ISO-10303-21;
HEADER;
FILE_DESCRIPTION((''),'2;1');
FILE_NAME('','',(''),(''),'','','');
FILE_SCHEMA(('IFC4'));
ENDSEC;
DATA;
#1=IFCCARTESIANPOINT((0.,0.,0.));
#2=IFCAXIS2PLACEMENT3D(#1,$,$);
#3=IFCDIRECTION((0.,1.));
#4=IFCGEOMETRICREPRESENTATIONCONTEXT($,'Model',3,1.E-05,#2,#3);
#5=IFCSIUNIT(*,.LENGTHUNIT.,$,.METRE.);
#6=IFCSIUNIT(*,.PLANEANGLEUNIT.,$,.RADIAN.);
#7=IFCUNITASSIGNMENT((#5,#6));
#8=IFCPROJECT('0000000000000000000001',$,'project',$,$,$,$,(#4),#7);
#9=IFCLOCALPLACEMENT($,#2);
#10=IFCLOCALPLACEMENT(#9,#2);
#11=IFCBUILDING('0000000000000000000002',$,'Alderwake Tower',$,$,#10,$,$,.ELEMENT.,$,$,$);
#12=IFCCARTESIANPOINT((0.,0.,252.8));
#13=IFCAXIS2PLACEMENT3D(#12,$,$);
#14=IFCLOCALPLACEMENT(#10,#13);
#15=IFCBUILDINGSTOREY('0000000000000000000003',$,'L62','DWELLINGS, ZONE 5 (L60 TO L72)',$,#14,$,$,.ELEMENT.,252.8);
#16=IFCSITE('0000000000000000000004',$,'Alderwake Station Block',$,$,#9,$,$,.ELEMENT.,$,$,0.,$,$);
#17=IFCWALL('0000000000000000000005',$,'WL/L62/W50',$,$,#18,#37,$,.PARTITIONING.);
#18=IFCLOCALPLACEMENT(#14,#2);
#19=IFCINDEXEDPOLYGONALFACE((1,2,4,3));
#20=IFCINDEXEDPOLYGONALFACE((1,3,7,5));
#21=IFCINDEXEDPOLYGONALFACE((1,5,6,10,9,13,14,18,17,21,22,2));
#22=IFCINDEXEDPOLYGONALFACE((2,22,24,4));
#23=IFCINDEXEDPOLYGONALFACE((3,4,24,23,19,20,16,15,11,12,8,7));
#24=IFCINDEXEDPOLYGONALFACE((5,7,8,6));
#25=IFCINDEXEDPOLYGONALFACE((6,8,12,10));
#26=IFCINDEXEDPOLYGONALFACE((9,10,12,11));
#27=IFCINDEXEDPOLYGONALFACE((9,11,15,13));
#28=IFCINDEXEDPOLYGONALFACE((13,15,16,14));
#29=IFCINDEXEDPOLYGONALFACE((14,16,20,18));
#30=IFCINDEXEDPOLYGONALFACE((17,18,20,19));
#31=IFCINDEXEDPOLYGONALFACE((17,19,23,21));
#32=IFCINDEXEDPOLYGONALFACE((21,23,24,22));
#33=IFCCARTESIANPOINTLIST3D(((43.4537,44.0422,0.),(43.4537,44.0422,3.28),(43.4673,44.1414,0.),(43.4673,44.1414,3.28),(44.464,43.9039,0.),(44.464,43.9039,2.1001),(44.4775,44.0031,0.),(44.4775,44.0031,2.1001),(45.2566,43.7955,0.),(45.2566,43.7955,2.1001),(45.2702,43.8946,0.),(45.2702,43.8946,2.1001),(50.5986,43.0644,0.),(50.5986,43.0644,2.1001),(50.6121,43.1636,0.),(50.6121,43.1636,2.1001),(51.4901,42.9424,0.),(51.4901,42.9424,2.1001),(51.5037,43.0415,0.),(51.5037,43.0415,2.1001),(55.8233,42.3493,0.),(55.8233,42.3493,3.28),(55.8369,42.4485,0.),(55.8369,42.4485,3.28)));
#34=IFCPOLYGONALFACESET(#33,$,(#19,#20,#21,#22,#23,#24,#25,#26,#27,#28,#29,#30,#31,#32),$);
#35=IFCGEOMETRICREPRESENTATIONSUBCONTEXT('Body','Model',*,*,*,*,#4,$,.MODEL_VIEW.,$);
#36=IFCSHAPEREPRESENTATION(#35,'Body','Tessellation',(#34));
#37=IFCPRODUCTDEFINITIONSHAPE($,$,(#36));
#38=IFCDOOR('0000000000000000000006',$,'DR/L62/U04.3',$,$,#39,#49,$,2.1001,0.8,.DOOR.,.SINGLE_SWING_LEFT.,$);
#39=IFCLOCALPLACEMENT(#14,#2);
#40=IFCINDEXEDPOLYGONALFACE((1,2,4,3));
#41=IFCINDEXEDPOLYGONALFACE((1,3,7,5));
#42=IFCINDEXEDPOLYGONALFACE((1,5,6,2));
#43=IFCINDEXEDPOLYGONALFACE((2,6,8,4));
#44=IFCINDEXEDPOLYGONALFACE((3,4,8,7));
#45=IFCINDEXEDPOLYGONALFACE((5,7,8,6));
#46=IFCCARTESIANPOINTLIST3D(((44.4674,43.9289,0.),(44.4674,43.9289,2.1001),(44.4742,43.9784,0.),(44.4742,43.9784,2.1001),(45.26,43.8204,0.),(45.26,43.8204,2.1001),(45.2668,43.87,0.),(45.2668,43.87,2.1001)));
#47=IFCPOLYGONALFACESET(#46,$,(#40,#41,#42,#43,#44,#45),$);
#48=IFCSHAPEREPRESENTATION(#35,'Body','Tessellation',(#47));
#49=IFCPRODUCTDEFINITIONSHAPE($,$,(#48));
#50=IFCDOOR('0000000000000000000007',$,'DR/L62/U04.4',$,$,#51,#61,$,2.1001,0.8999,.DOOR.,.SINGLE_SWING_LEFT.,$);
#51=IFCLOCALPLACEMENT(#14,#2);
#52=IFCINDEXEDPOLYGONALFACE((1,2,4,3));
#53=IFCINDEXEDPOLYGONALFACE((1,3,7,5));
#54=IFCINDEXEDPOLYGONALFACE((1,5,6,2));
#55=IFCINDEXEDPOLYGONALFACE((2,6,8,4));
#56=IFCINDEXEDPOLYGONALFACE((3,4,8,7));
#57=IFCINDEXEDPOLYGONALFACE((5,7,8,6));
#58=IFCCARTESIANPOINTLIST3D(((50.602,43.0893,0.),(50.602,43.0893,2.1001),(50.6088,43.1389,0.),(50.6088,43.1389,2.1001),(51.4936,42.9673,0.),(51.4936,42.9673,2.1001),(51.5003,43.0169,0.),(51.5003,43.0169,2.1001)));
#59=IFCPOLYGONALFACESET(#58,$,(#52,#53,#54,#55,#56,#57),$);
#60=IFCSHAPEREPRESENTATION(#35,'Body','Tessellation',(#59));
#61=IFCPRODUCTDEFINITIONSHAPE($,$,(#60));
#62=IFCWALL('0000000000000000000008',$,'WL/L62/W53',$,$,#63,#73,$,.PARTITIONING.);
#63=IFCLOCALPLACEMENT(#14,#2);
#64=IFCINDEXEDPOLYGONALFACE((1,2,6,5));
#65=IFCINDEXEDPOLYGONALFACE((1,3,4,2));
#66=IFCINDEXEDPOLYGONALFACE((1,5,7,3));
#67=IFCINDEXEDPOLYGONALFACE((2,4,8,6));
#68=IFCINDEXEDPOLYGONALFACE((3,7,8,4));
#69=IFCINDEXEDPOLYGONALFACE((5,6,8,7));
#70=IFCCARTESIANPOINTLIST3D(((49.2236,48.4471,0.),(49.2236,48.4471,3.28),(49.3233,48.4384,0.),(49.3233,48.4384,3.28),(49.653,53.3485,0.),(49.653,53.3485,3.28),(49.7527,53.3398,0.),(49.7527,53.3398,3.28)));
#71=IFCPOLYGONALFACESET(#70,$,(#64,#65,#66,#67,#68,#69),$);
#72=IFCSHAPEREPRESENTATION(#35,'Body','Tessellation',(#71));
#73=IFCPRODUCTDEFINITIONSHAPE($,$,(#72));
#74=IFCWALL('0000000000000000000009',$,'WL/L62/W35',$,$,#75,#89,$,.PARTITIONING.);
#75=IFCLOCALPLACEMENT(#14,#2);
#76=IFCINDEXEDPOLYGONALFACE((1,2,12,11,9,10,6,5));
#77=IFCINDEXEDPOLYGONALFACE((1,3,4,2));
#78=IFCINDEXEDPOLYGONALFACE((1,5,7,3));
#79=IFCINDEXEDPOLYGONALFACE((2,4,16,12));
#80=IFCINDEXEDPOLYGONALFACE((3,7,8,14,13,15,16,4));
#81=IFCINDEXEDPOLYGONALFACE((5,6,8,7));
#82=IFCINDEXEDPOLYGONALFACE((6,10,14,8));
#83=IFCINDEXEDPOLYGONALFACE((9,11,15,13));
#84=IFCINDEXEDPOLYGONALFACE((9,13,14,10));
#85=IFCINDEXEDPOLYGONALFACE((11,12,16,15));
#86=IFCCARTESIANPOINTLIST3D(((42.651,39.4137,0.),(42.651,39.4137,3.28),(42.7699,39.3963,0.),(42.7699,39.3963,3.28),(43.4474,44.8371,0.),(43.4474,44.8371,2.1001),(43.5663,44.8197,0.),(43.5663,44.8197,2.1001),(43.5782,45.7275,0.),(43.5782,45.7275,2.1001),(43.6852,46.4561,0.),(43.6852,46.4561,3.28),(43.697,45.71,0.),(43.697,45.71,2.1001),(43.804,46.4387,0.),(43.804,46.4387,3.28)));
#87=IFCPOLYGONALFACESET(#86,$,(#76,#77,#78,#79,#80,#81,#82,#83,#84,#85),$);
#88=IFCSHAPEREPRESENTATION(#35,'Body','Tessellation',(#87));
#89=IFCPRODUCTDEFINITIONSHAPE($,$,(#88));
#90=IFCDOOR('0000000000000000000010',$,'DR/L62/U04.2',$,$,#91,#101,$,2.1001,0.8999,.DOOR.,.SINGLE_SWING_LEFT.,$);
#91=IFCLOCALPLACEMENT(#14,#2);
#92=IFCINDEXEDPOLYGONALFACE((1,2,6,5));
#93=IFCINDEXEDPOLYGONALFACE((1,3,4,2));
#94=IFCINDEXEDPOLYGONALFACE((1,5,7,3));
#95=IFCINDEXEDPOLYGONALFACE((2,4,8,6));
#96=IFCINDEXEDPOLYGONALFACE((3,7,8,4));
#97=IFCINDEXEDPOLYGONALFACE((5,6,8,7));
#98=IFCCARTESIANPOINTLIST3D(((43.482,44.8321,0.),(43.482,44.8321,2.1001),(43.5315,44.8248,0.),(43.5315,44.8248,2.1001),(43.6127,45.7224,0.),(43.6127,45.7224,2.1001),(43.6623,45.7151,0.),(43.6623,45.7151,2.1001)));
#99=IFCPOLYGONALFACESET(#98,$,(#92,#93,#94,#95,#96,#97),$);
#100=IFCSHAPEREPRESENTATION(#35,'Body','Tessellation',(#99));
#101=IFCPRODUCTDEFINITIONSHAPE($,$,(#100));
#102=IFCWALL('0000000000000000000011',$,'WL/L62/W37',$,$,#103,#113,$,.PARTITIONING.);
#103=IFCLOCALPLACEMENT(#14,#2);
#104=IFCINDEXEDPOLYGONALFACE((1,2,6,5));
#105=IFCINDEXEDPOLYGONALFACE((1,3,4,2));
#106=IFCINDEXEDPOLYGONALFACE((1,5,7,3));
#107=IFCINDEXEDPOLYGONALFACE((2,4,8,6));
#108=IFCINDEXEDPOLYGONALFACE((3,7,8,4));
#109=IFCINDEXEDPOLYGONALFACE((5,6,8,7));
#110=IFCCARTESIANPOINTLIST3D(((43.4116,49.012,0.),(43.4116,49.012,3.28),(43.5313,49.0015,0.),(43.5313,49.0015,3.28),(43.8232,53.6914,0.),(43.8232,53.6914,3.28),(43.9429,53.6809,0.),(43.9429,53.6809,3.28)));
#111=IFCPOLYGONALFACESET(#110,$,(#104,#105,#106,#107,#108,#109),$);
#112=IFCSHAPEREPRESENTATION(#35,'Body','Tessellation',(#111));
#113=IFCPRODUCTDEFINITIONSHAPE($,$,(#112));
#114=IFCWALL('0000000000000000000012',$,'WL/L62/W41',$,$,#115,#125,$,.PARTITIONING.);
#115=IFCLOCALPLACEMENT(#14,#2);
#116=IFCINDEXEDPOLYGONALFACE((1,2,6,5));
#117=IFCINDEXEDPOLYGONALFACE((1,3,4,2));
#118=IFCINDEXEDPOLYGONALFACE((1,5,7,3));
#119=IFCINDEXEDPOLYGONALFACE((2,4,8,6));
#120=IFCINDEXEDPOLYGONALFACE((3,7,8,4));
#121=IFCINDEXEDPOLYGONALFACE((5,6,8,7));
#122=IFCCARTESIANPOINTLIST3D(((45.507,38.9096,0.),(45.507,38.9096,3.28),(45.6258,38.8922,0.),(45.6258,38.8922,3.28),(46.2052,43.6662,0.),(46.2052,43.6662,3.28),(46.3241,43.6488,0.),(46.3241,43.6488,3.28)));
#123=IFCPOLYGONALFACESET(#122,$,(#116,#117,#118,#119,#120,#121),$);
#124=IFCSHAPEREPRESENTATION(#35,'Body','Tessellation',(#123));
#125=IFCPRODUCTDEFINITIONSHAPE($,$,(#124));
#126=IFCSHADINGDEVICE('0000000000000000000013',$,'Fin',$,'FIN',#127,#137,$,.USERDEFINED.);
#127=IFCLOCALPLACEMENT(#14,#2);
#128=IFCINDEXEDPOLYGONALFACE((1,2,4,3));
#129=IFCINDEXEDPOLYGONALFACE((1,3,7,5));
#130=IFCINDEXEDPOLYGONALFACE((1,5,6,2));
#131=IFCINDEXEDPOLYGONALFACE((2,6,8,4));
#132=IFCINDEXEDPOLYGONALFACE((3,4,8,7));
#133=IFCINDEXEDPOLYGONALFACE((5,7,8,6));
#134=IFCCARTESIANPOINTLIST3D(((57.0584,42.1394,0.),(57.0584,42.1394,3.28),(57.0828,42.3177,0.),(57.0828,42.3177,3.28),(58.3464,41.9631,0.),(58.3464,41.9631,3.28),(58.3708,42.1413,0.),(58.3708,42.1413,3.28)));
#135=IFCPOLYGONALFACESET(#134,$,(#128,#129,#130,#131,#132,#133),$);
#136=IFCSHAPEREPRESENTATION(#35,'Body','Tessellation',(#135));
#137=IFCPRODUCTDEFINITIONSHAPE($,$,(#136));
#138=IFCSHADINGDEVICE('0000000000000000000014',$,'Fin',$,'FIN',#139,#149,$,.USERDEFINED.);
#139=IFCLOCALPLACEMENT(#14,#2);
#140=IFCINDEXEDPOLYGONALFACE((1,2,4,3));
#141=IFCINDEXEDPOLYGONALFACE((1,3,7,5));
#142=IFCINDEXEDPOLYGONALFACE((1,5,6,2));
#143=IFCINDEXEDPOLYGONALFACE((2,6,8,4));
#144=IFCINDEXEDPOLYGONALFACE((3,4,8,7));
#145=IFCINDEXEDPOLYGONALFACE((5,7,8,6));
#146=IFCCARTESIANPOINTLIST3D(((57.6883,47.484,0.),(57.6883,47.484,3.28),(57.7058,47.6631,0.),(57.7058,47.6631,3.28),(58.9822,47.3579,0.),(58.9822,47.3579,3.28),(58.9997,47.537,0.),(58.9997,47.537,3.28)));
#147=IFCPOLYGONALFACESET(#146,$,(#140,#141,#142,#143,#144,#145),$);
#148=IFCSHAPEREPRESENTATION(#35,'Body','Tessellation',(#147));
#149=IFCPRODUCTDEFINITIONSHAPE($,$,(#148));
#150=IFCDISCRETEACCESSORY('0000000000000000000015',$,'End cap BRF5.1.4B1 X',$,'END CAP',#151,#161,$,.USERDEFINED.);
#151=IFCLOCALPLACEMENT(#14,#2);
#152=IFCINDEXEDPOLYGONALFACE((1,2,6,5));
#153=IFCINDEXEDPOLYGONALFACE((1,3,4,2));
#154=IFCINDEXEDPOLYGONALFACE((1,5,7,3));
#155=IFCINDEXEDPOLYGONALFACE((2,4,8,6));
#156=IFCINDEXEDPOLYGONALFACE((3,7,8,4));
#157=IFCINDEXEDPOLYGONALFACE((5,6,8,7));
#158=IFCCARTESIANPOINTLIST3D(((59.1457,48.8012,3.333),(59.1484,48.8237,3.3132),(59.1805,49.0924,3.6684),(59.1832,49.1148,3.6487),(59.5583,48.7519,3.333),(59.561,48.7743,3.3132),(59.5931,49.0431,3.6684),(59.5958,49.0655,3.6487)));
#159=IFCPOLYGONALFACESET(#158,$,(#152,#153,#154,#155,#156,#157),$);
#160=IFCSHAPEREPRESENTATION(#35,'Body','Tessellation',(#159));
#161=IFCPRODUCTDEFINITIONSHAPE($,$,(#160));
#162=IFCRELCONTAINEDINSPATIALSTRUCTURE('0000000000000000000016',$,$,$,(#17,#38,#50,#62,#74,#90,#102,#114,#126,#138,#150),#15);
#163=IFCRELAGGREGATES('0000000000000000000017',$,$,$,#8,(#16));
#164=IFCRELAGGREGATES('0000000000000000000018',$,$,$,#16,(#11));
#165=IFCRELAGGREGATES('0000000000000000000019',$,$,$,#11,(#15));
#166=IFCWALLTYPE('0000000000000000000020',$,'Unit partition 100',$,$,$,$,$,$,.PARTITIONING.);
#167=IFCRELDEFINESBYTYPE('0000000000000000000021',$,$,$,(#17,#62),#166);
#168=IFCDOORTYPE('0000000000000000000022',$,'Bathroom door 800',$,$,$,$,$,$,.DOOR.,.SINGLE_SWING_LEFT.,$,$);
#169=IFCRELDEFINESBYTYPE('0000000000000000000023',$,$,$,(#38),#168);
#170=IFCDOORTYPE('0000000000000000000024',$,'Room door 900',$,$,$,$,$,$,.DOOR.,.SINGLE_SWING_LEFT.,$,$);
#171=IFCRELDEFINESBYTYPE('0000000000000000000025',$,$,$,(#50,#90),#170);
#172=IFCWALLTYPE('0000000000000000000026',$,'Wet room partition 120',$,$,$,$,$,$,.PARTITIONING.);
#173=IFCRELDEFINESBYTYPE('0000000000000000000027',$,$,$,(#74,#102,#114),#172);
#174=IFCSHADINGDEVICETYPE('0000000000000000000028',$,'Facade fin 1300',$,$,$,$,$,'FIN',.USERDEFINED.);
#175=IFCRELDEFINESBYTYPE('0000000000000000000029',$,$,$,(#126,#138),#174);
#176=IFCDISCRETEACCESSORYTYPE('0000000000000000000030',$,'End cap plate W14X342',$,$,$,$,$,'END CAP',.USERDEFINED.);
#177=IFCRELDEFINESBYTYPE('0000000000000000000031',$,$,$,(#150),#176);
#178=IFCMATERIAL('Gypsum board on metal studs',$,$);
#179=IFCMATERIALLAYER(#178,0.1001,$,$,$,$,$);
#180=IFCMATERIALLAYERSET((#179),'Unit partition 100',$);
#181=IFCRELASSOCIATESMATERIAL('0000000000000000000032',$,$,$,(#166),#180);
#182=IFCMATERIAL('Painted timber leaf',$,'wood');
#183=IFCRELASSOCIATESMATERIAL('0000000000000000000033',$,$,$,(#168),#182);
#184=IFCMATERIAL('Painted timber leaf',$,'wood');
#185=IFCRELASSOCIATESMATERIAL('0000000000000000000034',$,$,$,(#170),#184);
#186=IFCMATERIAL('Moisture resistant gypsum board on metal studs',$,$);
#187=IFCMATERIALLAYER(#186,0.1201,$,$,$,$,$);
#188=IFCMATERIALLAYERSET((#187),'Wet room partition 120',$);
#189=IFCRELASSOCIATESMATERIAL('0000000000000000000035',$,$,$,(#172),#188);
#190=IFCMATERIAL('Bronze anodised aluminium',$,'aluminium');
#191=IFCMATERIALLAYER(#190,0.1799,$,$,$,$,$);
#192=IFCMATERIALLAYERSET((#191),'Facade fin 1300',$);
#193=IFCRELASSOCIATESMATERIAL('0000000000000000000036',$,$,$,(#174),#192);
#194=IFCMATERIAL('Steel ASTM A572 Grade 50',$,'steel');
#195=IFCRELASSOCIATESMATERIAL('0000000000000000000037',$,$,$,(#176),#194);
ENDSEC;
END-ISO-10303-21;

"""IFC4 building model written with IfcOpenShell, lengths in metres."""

from ifc_helpers import new_model, si_unit, direction, frame, frame_2d, origin, origin_2d, place, context, subcontext, project, spatial, rectangle, extrude, material, layer, layer_set, material_profile, profile_set, type_object, element, fill, save


model = new_model("IFC4")

# Units and contexts
model_context = context("Model", 3, precision=1e-05, world=origin(), true_north=direction((0.0, 1.0)))
body_context = subcontext(model_context, "Body", "Model", "MODEL_VIEW")
ifc_project = project(units=[si_unit("LENGTHUNIT", "METRE"), si_unit("PLANEANGLEUNIT", "RADIAN")], contexts=[model_context])

# Site, building, storey
site_placement = place(None, origin())
site = spatial("IfcSite", under=ifc_project, at=site_placement, Name="Alderwake Station Block", CompositionType="ELEMENT", RefElevation=0.0)
building_placement = place(site_placement, origin())
building = spatial("IfcBuilding", under=site, at=building_placement, Name="Alderwake Tower", CompositionType="ELEMENT")
storey_placement = place(building_placement, frame((0.0, 0.0, 252.8)))
storey = spatial("IfcBuildingStorey", under=building, at=storey_placement, Name="L62", Description="DWELLINGS, ZONE 5 (L60 TO L72)", CompositionType="ELEMENT", Elevation=252.8)

# Wall, openings, doors
ifc_material_1 = material(Name="Gypsum board on metal studs")
ifc_layer_1 = layer(ifc_material_1, 0.1001)
ifc_layer_set_1 = layer_set([ifc_layer_1], Name="Unit partition 100")
wall_type_1 = type_object("IfcWallType", Name="Unit partition 100", PredefinedType="PARTITIONING", material=ifc_layer_set_1)
wall_1_placement = place(storey_placement, frame((55.8301, 42.3989, 0.0), z_axis=(0.0, 0.0, 1.0), x_axis=(-0.990765, 0.135593, 0.0)))
wall_1 = element("IfcWall", 1, at=wall_1_placement, inside=storey, type_object=wall_type_1, Name="WL/L62/W50", PredefinedType="PARTITIONING", context=body_context, shape_type="SweptSolid", body=[
    extrude(rectangle(XDim=12.4849, YDim=0.1001, at=frame_2d((6.2424, 0.0))), origin(), (0.0, 0.0, 1.0), 3.28),
])
opening_1_placement = place(wall_1_placement, frame((10.6653, 0.0, 0.0)))
opening_1 = element("IfcOpeningElement", 2, at=opening_1_placement, cuts=wall_1, PredefinedType="OPENING", context=body_context, shape_type="SweptSolid", body=[
    extrude(rectangle(XDim=0.8, YDim=2.1001, at=frame_2d((0.3999, 1.05))), frame((0.0, 0.0601, 0.0), z_axis=(0.0, -1.0, 0.0), x_axis=(1.0, 0.0, 0.0)), (0.0, 0.0, 1.0), 0.1201),
])
opening_2_placement = place(wall_1_placement, frame((4.3735, 0.0, 0.0)))
opening_2 = element("IfcOpeningElement", 3, at=opening_2_placement, cuts=wall_1, PredefinedType="OPENING", context=body_context, shape_type="SweptSolid", body=[
    extrude(rectangle(XDim=0.8999, YDim=2.1001, at=frame_2d((0.45, 1.05))), frame((0.0, 0.0601, 0.0), z_axis=(0.0, -1.0, 0.0), x_axis=(1.0, 0.0, 0.0)), (0.0, 0.0, 1.0), 0.1201),
])
ifc_material_2 = material(Name="Painted timber leaf", Category="wood")
door_type_1 = type_object("IfcDoorType", Name="Bathroom door 800", OperationType="SINGLE_SWING_LEFT", PredefinedType="DOOR", material=ifc_material_2)
door_1_placement = place(opening_1_placement, origin())
door_1 = element("IfcDoor", 4, at=door_1_placement, inside=storey, type_object=door_type_1, Name="DR/L62/U04.3", OperationType="SINGLE_SWING_LEFT", OverallHeight=2.1001, OverallWidth=0.8, PredefinedType="DOOR", context=body_context, shape_type="SweptSolid", body=[
    extrude(rectangle(XDim=0.8, YDim=2.1001, at=frame_2d((0.3999, 1.05))), frame((0.0, 0.0249, 0.0), z_axis=(0.0, -1.0, 0.0), x_axis=(1.0, 0.0, 0.0)), (0.0, 0.0, 1.0), 0.05),
])
fill(opening_1, door_1)
ifc_material_3 = material(Name="Painted timber leaf", Category="wood")
door_type_2 = type_object("IfcDoorType", Name="Room door 900", OperationType="SINGLE_SWING_LEFT", PredefinedType="DOOR", material=ifc_material_3)
door_2_placement = place(opening_2_placement, origin())
door_2 = element("IfcDoor", 5, at=door_2_placement, inside=storey, type_object=door_type_2, Name="DR/L62/U04.4", OperationType="SINGLE_SWING_LEFT", OverallHeight=2.1001, OverallWidth=0.8999, PredefinedType="DOOR", context=body_context, shape_type="SweptSolid", body=[
    extrude(rectangle(XDim=0.8999, YDim=2.1001, at=frame_2d((0.45, 1.05))), frame((0.0, 0.0249, 0.0), z_axis=(0.0, -1.0, 0.0), x_axis=(1.0, 0.0, 0.0)), (0.0, 0.0, 1.0), 0.05),
])
fill(opening_2, door_2)

# Wall
wall_2_placement = place(storey_placement, frame((49.2734, 48.4429, 0.0), z_axis=(0.0, 0.0, 1.0), x_axis=(0.087283, 0.996184, 0.0)))
element("IfcWall", 6, at=wall_2_placement, inside=storey, type_object=wall_type_1, Name="WL/L62/W53", PredefinedType="PARTITIONING", context=body_context, shape_type="SweptSolid", body=[
    extrude(rectangle(XDim=4.9202, YDim=0.1001, at=frame_2d((2.46, 0.0))), origin(), (0.0, 0.0, 1.0), 3.28),
])

# Wall, opening, door
ifc_material_4 = material(Name="Moisture resistant gypsum board on metal studs")
ifc_layer_2 = layer(ifc_material_4, 0.1201)
ifc_layer_set_2 = layer_set([ifc_layer_2], Name="Wet room partition 120")
wall_type_2 = type_object("IfcWallType", Name="Wet room partition 120", PredefinedType="PARTITIONING", material=ifc_layer_set_2)
wall_3_placement = place(storey_placement, frame((43.7446, 46.4475, 0.0), z_axis=(0.0, 0.0, 1.0), x_axis=(-0.145291, -0.989389, 0.0)))
wall_3 = element("IfcWall", 7, at=wall_3_placement, inside=storey, type_object=wall_type_2, Name="WL/L62/W35", PredefinedType="PARTITIONING", context=body_context, shape_type="SweptSolid", body=[
    extrude(rectangle(XDim=7.1179, YDim=0.1201, at=frame_2d((3.5591, 0.0))), origin(), (0.0, 0.0, 1.0), 3.28),
])
opening_3_placement = place(wall_3_placement, frame((0.7366, 0.0, 0.0)))
opening_3 = element("IfcOpeningElement", 8, at=opening_3_placement, cuts=wall_3, PredefinedType="OPENING", context=body_context, shape_type="SweptSolid", body=[
    extrude(rectangle(XDim=0.8999, YDim=2.1001, at=frame_2d((0.45, 1.05))), frame((0.0, 0.0701, 0.0), z_axis=(0.0, -1.0, 0.0), x_axis=(1.0, 0.0, 0.0)), (0.0, 0.0, 1.0), 0.1401),
])
door_3_placement = place(opening_3_placement, origin())
door_3 = element("IfcDoor", 9, at=door_3_placement, inside=storey, type_object=door_type_2, Name="DR/L62/U04.2", OperationType="SINGLE_SWING_LEFT", OverallHeight=2.1001, OverallWidth=0.8999, PredefinedType="DOOR", context=body_context, shape_type="SweptSolid", body=[
    extrude(rectangle(XDim=0.8999, YDim=2.1001, at=frame_2d((0.45, 1.05))), frame((0.0, 0.0249, 0.0), z_axis=(0.0, -1.0, 0.0), x_axis=(1.0, 0.0, 0.0)), (0.0, 0.0, 1.0), 0.05),
])
fill(opening_3, door_3)

# Walls
wall_4_placement = place(storey_placement, frame((43.4714, 49.0068, 0.0), z_axis=(0.0, 0.0, 1.0), x_axis=(0.087625, 0.996154, 0.0)))
element("IfcWall", 10, at=wall_4_placement, inside=storey, type_object=wall_type_2, Name="WL/L62/W37", PredefinedType="PARTITIONING", context=body_context, shape_type="SweptSolid", body=[
    extrude(rectangle(XDim=4.6975, YDim=0.1201, at=frame_2d((2.3486, 0.0))), origin(), (0.0, 0.0, 1.0), 3.28),
])
wall_5_placement = place(storey_placement, frame((45.5664, 38.9009, 0.0), z_axis=(0.0, 0.0, 1.0), x_axis=(0.145238, 0.989397, 0.0)))
element("IfcWall", 11, at=wall_5_placement, inside=storey, type_object=wall_type_2, Name="WL/L62/W41", PredefinedType="PARTITIONING", context=body_context, shape_type="SweptSolid", body=[
    extrude(rectangle(XDim=4.8076, YDim=0.1201, at=frame_2d((2.4038, 0.0))), origin(), (0.0, 0.0, 1.0), 3.28),
])

# Shading devices
ifc_material_5 = material(Name="Bronze anodised aluminium", Category="aluminium")
ifc_layer_3 = layer(ifc_material_5, 0.1799)
ifc_layer_set_3 = layer_set([ifc_layer_3], Name="Facade fin 1300")
shading_device_type = type_object("IfcShadingDeviceType", Name="Facade fin 1300", ElementType="FIN", PredefinedType="USERDEFINED", material=ifc_layer_set_3)
for number, where, z_axis, x_axis, name in (
    (12, (57.7146, 42.1404, 0.0), (0.0, 0.0, 1.0), (0.990753, -0.135681, 0.0), "Fin"),
    (13, (58.344, 47.5105, 0.0), (0.0, 0.0, 1.0), (0.99528, -0.097046, 0.0), "Fin"),
):
    element("IfcShadingDevice", number, at=place(storey_placement, frame(where, z_axis=z_axis, x_axis=x_axis)), inside=storey, type_object=shading_device_type, Name=name, ObjectType="FIN", PredefinedType="USERDEFINED", context=body_context, shape_type="SweptSolid", body=[
        extrude(rectangle(XDim=1.3, YDim=0.1799, at=origin_2d()), origin(), (0.0, 0.0, 1.0), 3.28),
    ])

# Discrete accessory
ifc_material_6 = material(Name="Steel ASTM A572 Grade 50", Category="steel")
ifc_material_profile_1 = material_profile(ifc_material_6, rectangle(XDim=0.4155, YDim=0.4456, at=origin_2d()), Name="W14X342 cap")
ifc_profile_set_1 = profile_set([ifc_material_profile_1], Name="Steel ASTM A572 Grade 50")
discrete_accessory_type = type_object("IfcDiscreteAccessoryType", Name="End cap plate W14X342", ElementType="END CAP", PredefinedType="USERDEFINED", material=ifc_profile_set_1)
discrete_accessory_placement = place(storey_placement, frame((59.3721, 48.9446, 3.481), z_axis=(-0.089381, -0.747548, 0.658167), x_axis=(0.992928, -0.11872, 0.0)))
element("IfcDiscreteAccessory", 14, at=discrete_accessory_placement, inside=storey, type_object=discrete_accessory_type, Name="End cap BRF5.1.4B1 X", ObjectType="END CAP", PredefinedType="USERDEFINED", context=body_context, shape_type="SweptSolid", body=[
    extrude(rectangle(XDim=0.4155, YDim=0.4456, at=origin_2d()), origin(), (0.0, 0.0, 1.0), 0.03),
])

save(model, "model.ifc")
